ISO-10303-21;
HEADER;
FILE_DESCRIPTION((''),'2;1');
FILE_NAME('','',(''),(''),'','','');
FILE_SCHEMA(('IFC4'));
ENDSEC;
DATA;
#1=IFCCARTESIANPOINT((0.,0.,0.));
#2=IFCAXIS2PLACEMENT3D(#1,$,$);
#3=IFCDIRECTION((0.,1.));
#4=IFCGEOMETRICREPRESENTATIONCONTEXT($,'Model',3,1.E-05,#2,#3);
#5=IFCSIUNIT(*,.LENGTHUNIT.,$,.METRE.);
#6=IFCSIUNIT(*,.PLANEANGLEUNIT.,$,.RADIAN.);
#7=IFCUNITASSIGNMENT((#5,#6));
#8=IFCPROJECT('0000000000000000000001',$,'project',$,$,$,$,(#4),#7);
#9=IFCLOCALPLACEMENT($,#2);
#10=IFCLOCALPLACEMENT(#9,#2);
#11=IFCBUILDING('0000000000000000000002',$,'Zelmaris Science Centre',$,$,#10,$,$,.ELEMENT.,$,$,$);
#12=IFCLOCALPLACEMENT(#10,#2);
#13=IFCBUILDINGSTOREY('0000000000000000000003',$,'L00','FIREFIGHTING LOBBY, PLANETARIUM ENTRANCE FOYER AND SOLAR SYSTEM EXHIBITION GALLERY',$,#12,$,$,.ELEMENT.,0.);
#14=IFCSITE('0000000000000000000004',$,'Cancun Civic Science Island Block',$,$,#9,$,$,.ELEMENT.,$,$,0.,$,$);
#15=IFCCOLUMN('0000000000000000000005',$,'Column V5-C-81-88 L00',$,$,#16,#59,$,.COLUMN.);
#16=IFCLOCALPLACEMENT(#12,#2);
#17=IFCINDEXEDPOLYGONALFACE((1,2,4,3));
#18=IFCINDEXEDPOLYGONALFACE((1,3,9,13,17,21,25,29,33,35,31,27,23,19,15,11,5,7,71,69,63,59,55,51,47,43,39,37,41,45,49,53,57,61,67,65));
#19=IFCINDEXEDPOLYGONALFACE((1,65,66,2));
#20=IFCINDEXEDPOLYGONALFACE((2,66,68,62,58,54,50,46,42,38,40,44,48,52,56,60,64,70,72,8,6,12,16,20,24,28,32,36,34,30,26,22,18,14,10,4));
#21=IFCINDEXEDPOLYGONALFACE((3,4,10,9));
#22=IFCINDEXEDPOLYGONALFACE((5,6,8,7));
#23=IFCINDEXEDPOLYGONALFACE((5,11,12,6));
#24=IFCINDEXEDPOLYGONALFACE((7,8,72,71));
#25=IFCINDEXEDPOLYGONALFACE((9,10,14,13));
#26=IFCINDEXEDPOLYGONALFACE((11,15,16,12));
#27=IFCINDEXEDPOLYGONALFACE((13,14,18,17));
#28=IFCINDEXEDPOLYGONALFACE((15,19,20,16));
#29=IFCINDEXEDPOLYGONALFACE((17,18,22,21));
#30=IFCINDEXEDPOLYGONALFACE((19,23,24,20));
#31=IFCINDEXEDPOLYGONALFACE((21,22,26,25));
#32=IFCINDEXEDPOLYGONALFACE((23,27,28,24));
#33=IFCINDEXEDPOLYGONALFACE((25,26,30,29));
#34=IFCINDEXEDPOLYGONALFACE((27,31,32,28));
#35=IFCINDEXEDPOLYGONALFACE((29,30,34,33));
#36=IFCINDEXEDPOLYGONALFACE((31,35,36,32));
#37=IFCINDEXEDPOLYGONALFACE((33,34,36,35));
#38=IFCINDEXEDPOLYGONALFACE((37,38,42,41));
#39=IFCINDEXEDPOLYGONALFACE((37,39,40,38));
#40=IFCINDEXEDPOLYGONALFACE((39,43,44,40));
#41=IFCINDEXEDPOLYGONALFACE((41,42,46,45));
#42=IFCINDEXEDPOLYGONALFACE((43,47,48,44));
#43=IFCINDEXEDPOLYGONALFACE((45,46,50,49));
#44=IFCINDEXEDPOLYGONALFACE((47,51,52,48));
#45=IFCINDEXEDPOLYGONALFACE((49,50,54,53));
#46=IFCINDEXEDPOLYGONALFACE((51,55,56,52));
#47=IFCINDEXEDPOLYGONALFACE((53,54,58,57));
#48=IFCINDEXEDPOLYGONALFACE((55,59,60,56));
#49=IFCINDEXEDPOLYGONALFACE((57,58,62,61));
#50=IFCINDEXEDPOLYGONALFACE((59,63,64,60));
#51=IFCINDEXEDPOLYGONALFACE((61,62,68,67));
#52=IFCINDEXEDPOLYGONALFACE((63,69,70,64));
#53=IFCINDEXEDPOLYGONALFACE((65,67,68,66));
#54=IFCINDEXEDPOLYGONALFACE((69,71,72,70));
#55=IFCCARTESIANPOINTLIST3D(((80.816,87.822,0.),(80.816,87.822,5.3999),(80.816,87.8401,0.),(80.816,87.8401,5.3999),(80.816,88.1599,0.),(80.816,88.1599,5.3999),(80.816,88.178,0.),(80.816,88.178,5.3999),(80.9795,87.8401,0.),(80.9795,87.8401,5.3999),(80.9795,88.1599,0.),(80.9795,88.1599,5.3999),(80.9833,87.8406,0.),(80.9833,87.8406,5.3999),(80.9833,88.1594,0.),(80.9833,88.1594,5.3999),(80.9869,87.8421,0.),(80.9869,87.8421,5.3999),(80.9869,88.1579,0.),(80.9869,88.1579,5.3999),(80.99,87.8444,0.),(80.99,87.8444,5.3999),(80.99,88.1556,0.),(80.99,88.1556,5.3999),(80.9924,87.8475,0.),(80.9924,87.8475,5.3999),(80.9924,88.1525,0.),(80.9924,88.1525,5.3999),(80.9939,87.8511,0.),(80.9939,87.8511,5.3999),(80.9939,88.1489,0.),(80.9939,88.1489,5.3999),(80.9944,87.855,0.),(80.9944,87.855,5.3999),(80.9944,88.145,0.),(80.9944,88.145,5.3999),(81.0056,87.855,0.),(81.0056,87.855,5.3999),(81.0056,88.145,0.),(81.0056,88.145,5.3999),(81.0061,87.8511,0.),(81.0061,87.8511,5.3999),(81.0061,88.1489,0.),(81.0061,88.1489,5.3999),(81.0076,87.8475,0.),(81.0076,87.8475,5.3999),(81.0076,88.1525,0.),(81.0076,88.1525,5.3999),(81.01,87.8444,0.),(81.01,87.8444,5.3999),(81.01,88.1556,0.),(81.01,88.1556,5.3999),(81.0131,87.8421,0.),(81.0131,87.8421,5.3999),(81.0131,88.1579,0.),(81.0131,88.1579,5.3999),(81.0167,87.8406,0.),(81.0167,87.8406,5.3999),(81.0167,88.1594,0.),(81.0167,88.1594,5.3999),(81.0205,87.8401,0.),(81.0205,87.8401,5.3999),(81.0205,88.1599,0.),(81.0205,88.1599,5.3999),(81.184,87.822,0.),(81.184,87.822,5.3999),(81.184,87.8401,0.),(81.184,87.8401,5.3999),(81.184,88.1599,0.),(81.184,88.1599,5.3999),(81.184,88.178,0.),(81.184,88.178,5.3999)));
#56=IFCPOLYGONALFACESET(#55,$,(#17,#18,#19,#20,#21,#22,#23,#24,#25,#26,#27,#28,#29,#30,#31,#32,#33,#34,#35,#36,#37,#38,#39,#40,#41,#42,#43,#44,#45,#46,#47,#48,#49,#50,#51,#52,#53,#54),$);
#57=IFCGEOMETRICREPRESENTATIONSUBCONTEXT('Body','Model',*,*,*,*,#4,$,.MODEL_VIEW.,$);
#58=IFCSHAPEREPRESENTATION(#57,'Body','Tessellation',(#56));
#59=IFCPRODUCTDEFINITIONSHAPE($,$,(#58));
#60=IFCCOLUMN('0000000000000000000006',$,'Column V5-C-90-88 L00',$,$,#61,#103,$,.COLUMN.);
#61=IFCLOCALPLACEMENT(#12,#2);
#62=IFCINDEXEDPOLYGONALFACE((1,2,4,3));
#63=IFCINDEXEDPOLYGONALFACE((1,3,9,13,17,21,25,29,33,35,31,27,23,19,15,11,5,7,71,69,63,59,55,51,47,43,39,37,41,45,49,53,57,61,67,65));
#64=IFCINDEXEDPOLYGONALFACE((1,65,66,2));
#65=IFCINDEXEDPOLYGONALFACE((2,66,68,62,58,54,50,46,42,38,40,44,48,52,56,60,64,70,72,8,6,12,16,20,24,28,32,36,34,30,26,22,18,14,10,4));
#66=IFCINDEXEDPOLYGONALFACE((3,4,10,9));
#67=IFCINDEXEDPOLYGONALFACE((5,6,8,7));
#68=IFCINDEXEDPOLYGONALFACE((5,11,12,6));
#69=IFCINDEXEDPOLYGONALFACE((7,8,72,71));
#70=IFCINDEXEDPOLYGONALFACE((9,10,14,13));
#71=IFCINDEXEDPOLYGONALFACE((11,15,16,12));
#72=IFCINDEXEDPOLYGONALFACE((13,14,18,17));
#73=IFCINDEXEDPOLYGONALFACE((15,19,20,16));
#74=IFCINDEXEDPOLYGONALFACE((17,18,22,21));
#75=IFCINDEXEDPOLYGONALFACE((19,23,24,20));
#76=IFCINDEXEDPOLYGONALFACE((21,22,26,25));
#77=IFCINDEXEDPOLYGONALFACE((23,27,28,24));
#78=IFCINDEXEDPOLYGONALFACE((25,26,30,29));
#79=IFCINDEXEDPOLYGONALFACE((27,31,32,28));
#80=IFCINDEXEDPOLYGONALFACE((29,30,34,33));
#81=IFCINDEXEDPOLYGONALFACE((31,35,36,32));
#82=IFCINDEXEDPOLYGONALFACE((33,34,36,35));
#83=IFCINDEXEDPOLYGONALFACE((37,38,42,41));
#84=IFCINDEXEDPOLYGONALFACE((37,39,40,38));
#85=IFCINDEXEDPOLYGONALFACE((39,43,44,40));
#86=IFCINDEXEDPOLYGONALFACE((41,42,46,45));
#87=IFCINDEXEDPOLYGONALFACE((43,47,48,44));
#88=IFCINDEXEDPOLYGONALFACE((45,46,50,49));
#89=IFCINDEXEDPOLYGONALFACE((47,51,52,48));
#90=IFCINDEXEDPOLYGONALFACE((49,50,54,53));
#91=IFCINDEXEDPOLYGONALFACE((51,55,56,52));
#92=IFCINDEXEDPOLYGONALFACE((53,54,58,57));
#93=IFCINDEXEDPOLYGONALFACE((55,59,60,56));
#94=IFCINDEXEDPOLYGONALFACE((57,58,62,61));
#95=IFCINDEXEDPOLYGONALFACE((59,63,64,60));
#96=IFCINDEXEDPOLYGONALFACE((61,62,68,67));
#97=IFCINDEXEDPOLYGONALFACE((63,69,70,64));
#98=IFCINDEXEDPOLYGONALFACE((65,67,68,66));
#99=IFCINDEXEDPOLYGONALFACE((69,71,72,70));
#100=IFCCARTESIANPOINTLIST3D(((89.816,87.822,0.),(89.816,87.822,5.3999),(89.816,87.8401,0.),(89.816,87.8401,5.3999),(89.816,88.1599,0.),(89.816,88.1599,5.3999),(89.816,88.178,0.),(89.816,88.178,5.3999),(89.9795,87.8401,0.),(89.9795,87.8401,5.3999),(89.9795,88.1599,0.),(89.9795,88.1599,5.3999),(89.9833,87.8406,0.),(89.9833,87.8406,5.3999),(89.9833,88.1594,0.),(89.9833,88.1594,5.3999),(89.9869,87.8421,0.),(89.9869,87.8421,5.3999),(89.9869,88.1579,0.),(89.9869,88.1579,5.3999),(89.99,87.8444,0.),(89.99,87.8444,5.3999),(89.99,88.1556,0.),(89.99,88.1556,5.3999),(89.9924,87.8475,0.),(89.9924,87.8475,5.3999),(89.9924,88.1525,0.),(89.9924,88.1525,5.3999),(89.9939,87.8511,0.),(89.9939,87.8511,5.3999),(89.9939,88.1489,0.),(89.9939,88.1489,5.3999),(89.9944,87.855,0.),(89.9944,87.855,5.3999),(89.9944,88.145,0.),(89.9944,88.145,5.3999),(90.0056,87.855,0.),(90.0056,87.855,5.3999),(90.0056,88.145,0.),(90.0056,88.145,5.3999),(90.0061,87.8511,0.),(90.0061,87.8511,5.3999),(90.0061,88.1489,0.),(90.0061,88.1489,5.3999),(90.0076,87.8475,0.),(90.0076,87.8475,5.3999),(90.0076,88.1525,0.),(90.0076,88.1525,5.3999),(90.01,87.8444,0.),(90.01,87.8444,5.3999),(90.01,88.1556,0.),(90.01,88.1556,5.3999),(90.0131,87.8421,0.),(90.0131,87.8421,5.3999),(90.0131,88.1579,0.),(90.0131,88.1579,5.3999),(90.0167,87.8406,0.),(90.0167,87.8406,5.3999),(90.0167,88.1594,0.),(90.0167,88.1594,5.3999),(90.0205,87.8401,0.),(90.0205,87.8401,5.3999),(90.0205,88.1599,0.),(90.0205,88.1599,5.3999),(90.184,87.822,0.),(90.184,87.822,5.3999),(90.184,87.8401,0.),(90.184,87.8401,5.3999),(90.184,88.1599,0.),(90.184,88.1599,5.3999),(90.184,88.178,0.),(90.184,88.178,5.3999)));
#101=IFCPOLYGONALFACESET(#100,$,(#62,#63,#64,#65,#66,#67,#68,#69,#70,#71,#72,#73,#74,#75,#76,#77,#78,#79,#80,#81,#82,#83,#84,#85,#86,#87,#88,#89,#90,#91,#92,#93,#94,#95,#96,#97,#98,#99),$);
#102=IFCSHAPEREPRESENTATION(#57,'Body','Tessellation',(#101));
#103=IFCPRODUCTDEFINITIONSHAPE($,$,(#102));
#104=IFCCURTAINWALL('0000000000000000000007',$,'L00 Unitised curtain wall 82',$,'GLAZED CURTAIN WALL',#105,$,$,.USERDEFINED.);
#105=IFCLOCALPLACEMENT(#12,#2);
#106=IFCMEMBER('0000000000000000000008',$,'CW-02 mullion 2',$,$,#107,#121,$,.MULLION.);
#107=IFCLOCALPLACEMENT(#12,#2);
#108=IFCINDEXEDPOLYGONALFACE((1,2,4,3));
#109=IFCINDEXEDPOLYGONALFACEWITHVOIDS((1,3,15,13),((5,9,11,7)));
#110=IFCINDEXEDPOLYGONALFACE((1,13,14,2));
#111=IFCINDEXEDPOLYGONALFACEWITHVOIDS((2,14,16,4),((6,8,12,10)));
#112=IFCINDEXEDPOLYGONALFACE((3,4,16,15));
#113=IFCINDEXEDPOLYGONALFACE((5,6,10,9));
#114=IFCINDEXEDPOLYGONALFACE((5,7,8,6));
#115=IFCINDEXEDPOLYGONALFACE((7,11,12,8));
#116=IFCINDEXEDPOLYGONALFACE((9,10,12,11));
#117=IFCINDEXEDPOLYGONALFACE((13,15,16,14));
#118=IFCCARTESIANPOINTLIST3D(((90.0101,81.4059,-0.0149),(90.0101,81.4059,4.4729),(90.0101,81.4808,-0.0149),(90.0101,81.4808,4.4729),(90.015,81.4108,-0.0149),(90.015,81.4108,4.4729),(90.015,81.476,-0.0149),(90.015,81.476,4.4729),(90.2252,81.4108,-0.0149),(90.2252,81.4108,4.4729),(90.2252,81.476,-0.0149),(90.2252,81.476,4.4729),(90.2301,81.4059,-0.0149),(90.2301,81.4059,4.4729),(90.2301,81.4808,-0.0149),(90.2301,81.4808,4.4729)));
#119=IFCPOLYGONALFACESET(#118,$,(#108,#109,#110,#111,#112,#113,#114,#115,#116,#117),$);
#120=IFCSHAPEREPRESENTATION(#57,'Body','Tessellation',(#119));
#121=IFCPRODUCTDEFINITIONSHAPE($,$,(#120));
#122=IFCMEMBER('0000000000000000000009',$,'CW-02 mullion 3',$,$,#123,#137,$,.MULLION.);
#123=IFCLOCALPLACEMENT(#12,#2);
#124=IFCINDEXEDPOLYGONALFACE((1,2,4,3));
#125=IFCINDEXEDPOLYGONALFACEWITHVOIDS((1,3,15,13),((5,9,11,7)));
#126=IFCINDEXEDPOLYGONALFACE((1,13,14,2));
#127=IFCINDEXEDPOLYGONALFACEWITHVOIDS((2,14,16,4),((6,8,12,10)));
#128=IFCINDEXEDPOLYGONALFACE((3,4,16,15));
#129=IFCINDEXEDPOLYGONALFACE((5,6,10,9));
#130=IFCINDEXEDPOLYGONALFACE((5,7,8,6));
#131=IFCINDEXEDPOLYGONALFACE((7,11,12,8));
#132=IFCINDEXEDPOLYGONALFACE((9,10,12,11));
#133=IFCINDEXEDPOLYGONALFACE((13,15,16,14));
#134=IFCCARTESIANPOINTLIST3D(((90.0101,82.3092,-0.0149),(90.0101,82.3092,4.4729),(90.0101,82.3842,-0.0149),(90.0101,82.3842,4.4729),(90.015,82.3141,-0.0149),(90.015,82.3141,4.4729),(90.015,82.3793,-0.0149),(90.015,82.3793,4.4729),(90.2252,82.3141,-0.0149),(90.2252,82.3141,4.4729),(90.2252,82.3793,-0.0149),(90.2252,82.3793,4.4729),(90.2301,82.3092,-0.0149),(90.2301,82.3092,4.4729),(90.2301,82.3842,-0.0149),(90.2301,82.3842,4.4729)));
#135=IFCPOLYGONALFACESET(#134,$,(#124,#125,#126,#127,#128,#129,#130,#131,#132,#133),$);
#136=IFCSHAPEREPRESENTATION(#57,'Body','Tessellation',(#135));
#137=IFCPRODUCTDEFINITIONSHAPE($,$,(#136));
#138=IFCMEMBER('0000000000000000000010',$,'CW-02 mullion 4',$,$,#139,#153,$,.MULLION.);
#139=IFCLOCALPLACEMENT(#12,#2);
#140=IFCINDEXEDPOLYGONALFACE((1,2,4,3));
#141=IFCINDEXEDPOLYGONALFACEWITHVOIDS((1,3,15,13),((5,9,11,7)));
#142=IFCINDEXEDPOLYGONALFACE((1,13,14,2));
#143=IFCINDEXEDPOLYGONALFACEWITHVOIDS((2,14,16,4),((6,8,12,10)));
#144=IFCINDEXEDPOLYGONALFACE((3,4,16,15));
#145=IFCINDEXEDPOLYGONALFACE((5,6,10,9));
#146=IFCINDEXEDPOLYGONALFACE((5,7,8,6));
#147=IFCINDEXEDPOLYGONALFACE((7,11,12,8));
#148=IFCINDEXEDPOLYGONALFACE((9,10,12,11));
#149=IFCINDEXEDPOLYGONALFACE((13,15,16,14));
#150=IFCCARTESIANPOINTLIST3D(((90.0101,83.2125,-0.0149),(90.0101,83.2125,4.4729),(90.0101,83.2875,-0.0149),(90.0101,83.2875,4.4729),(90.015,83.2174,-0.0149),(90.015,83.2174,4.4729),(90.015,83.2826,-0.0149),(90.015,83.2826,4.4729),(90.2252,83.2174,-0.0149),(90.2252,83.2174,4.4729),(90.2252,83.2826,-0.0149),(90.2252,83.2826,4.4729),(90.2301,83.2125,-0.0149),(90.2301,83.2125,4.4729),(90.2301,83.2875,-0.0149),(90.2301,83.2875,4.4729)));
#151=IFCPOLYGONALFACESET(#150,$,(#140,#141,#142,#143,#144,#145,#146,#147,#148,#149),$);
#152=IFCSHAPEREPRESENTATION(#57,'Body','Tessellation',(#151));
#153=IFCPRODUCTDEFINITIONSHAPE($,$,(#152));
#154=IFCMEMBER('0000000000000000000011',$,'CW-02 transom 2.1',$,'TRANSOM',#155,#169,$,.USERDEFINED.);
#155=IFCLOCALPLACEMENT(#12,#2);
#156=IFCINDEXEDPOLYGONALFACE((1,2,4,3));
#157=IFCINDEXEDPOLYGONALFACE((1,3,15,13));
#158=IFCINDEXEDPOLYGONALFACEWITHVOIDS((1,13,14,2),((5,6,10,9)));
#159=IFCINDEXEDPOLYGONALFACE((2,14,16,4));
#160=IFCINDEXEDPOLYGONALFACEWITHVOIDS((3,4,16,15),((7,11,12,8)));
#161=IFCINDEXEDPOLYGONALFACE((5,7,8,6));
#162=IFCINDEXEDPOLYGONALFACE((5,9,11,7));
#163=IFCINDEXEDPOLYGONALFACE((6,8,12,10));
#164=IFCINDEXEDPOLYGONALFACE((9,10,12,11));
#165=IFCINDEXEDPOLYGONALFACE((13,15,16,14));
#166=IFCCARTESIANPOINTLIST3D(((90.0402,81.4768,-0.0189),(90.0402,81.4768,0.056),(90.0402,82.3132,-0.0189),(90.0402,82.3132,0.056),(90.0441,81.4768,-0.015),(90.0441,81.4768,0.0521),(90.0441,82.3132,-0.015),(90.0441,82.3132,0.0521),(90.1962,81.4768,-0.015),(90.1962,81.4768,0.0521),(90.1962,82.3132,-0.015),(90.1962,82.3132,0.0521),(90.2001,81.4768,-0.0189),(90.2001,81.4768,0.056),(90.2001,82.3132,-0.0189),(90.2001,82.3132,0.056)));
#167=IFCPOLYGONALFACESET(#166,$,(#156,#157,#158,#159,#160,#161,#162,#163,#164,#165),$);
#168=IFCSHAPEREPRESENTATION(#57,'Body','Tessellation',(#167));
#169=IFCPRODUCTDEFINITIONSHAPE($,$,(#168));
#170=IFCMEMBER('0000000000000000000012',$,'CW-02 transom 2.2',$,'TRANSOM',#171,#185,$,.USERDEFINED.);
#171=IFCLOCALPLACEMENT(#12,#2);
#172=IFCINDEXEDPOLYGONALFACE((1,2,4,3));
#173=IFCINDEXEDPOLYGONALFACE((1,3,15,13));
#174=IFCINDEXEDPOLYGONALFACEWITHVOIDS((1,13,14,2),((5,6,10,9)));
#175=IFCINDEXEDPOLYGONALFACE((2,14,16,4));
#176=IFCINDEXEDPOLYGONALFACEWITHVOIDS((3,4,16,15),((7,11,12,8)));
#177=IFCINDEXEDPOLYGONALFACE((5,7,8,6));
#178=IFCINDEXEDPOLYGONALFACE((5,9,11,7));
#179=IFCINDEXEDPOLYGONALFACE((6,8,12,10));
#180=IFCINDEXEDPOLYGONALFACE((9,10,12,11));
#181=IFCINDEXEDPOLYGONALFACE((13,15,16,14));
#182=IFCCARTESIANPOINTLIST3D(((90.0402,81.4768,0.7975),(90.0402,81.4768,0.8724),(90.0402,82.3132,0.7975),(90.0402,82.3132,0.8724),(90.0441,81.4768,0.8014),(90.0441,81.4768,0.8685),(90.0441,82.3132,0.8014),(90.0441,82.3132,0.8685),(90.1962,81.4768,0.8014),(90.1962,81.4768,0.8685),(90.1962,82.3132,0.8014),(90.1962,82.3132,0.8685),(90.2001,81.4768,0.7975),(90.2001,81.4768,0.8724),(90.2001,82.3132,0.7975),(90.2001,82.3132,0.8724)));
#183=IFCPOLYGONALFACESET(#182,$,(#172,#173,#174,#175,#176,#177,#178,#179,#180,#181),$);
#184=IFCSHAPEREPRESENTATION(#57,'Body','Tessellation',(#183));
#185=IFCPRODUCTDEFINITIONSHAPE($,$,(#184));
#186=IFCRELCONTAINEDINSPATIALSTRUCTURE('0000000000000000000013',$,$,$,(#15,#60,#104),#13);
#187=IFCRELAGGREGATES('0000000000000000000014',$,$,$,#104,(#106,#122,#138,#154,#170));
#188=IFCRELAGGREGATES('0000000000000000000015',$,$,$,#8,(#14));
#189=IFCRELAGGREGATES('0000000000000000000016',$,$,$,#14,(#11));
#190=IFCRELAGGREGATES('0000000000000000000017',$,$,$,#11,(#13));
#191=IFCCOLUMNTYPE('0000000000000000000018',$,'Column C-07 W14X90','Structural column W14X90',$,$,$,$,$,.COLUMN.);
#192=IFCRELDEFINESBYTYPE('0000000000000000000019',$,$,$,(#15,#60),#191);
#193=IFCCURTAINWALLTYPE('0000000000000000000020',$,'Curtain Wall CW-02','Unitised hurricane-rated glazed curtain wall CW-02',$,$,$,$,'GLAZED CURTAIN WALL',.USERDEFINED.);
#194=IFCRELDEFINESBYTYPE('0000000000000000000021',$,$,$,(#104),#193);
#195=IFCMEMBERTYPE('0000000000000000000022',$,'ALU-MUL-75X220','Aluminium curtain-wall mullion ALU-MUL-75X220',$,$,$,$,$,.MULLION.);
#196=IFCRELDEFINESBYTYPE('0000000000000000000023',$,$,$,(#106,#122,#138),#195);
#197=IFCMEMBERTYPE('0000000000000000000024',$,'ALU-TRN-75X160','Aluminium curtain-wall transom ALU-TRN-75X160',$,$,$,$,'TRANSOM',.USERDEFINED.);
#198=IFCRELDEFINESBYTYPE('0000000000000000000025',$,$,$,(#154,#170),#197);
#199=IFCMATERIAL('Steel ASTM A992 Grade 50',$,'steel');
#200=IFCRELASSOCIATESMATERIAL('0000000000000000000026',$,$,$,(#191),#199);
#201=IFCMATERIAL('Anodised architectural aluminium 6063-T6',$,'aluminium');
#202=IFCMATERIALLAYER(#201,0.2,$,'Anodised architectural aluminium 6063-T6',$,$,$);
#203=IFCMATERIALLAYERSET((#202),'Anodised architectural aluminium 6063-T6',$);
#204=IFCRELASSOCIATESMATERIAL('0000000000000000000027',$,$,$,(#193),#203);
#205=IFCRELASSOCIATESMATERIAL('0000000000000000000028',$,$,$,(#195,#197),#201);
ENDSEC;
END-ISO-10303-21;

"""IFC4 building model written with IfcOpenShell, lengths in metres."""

from ifc_helpers import new_model, si_unit, direction, frame, origin, origin_2d, place, context, subcontext, project, spatial, hollow_rectangle, i_section, extrude, material, layer, layer_set, material_profile, profile_set, type_object, element, aggregate, save


model = new_model("IFC4")

# Units and contexts
model_context = context("Model", 3, precision=1e-05, world=origin(), true_north=direction((0.0, 1.0)))
body_context = subcontext(model_context, "Body", "Model", "MODEL_VIEW")
ifc_project = project(units=[si_unit("LENGTHUNIT", "METRE"), si_unit("PLANEANGLEUNIT", "RADIAN")], contexts=[model_context])

# Site, building, storey
site_placement = place(None, origin())
site = spatial("IfcSite", under=ifc_project, at=site_placement, Name="Cancun Civic Science Island Block", CompositionType="ELEMENT", RefElevation=0.0)
building_placement = place(site_placement, origin())
building = spatial("IfcBuilding", under=site, at=building_placement, Name="Zelmaris Science Centre", CompositionType="ELEMENT")
storey_placement = place(building_placement, origin())
storey = spatial("IfcBuildingStorey", under=building, at=storey_placement, Name="L00", Description="FIREFIGHTING LOBBY, PLANETARIUM ENTRANCE FOYER AND SOLAR SYSTEM EXHIBITION GALLERY", CompositionType="ELEMENT", Elevation=0.0)

# Columns
ifc_material_1 = material(Name="Steel ASTM A992 Grade 50", Category="steel")
ifc_material_profile_1 = material_profile(ifc_material_1, i_section(OverallWidth=0.3679, OverallDepth=0.356, WebThickness=0.0112, FlangeThickness=0.0181, FilletRadius=0.0149, at=origin_2d()), Name="W14X90")
ifc_profile_set_1 = profile_set([ifc_material_profile_1], Name="Steel ASTM A992 Grade 50")
column_type = type_object("IfcColumnType", Name="Column C-07 W14X90", Description="Structural column W14X90", PredefinedType="COLUMN", material=ifc_profile_set_1)
for number, where, z_axis, x_axis, name in (
    (1, (81.0, 88.0, 0.0), (0.0, 0.0, 1.0), (1.0, 0.0, 0.0), "Column V5-C-81-88 L00"),
    (2, (90.0, 88.0, 0.0), (0.0, 0.0, 1.0), (1.0, 0.0, 0.0), "Column V5-C-90-88 L00"),
):
    element("IfcColumn", number, at=place(storey_placement, frame(where, z_axis=z_axis, x_axis=x_axis)), inside=storey, type_object=column_type, Name=name, PredefinedType="COLUMN", context=body_context, shape_type="SweptSolid", body=[
        extrude(i_section(OverallWidth=0.3679, OverallDepth=0.356, WebThickness=0.0112, FlangeThickness=0.0181, FilletRadius=0.0149, at=origin_2d()), origin(), (0.0, 0.0, 1.0), 5.3999),
    ])

# Curtain wall, members
ifc_material_2 = material(Name="Anodised architectural aluminium 6063-T6", Category="aluminium")
ifc_layer_1 = layer(ifc_material_2, 0.2, Name="Anodised architectural aluminium 6063-T6")
ifc_layer_set_1 = layer_set([ifc_layer_1], Name="Anodised architectural aluminium 6063-T6")
curtain_wall_type = type_object("IfcCurtainWallType", Name="Curtain Wall CW-02", Description="Unitised hurricane-rated glazed curtain wall CW-02", ElementType="GLAZED CURTAIN WALL", PredefinedType="USERDEFINED", material=ifc_layer_set_1)
curtain_wall_placement = place(storey_placement, origin())
curtain_wall = element("IfcCurtainWall", 3, at=curtain_wall_placement, inside=storey, type_object=curtain_wall_type, Name="L00 Unitised curtain wall 82", ObjectType="GLAZED CURTAIN WALL", PredefinedType="USERDEFINED")
ifc_material_profile_2 = material_profile(ifc_material_2, hollow_rectangle(XDim=0.075, YDim=0.22, WallThickness=0.0049, at=origin_2d()), Name="ALU-MUL-75X220")
ifc_profile_set_2 = profile_set([ifc_material_profile_2], Name="Anodised architectural aluminium 6063-T6")
member_type_1 = type_object("IfcMemberType", Name="ALU-MUL-75X220", Description="Aluminium curtain-wall mullion ALU-MUL-75X220", PredefinedType="MULLION", material=ifc_profile_set_2)
member_1_placement = place(storey_placement, frame((90.1201, 81.4434, -0.0149), z_axis=(0.0, 0.0, 1.0), x_axis=(0.0, 1.0, 0.0)))
member_1 = element("IfcMember", 4, at=member_1_placement, type_object=member_type_1, Name="CW-02 mullion 2", PredefinedType="MULLION", context=body_context, shape_type="SweptSolid", body=[
    extrude(hollow_rectangle(XDim=0.075, YDim=0.22, WallThickness=0.0049, at=origin_2d()), origin(), (0.0, 0.0, 1.0), 4.4878),
])
member_2_placement = place(storey_placement, frame((90.1201, 82.3467, -0.0149), z_axis=(0.0, 0.0, 1.0), x_axis=(0.0, 1.0, 0.0)))
member_2 = element("IfcMember", 5, at=member_2_placement, type_object=member_type_1, Name="CW-02 mullion 3", PredefinedType="MULLION", context=body_context, shape_type="SweptSolid", body=[
    extrude(hollow_rectangle(XDim=0.075, YDim=0.22, WallThickness=0.0049, at=origin_2d()), origin(), (0.0, 0.0, 1.0), 4.4878),
])
member_3_placement = place(storey_placement, frame((90.1201, 83.25, -0.0149), z_axis=(0.0, 0.0, 1.0), x_axis=(0.0, 1.0, 0.0)))
member_3 = element("IfcMember", 6, at=member_3_placement, type_object=member_type_1, Name="CW-02 mullion 4", PredefinedType="MULLION", context=body_context, shape_type="SweptSolid", body=[
    extrude(hollow_rectangle(XDim=0.075, YDim=0.22, WallThickness=0.0049, at=origin_2d()), origin(), (0.0, 0.0, 1.0), 4.4878),
])
ifc_material_profile_3 = material_profile(ifc_material_2, hollow_rectangle(XDim=0.075, YDim=0.1599, WallThickness=0.0039, at=origin_2d()), Name="ALU-TRN-75X160")
ifc_profile_set_3 = profile_set([ifc_material_profile_3], Name="Anodised architectural aluminium 6063-T6")
member_type_2 = type_object("IfcMemberType", Name="ALU-TRN-75X160", Description="Aluminium curtain-wall transom ALU-TRN-75X160", ElementType="TRANSOM", PredefinedType="USERDEFINED", material=ifc_profile_set_3)
member_4_placement = place(storey_placement, frame((90.1201, 81.4768, 0.0186), z_axis=(0.0, 1.0, 0.0), x_axis=(0.0, 0.0, 1.0)))
member_4 = element("IfcMember", 7, at=member_4_placement, type_object=member_type_2, Name="CW-02 transom 2.1", ObjectType="TRANSOM", PredefinedType="USERDEFINED", context=body_context, shape_type="SweptSolid", body=[
    extrude(hollow_rectangle(XDim=0.075, YDim=0.1599, WallThickness=0.0039, at=origin_2d()), origin(), (0.0, 0.0, 1.0), 0.8364),
])
member_5_placement = place(storey_placement, frame((90.1201, 81.4768, 0.835), z_axis=(0.0, 1.0, 0.0), x_axis=(0.0, 0.0, 1.0)))
member_5 = element("IfcMember", 8, at=member_5_placement, type_object=member_type_2, Name="CW-02 transom 2.2", ObjectType="TRANSOM", PredefinedType="USERDEFINED", context=body_context, shape_type="SweptSolid", body=[
    extrude(hollow_rectangle(XDim=0.075, YDim=0.1599, WallThickness=0.0039, at=origin_2d()), origin(), (0.0, 0.0, 1.0), 0.8364),
])

aggregate(curtain_wall, [member_1, member_2, member_3, member_4, member_5])

save(model, "model.ifc")
